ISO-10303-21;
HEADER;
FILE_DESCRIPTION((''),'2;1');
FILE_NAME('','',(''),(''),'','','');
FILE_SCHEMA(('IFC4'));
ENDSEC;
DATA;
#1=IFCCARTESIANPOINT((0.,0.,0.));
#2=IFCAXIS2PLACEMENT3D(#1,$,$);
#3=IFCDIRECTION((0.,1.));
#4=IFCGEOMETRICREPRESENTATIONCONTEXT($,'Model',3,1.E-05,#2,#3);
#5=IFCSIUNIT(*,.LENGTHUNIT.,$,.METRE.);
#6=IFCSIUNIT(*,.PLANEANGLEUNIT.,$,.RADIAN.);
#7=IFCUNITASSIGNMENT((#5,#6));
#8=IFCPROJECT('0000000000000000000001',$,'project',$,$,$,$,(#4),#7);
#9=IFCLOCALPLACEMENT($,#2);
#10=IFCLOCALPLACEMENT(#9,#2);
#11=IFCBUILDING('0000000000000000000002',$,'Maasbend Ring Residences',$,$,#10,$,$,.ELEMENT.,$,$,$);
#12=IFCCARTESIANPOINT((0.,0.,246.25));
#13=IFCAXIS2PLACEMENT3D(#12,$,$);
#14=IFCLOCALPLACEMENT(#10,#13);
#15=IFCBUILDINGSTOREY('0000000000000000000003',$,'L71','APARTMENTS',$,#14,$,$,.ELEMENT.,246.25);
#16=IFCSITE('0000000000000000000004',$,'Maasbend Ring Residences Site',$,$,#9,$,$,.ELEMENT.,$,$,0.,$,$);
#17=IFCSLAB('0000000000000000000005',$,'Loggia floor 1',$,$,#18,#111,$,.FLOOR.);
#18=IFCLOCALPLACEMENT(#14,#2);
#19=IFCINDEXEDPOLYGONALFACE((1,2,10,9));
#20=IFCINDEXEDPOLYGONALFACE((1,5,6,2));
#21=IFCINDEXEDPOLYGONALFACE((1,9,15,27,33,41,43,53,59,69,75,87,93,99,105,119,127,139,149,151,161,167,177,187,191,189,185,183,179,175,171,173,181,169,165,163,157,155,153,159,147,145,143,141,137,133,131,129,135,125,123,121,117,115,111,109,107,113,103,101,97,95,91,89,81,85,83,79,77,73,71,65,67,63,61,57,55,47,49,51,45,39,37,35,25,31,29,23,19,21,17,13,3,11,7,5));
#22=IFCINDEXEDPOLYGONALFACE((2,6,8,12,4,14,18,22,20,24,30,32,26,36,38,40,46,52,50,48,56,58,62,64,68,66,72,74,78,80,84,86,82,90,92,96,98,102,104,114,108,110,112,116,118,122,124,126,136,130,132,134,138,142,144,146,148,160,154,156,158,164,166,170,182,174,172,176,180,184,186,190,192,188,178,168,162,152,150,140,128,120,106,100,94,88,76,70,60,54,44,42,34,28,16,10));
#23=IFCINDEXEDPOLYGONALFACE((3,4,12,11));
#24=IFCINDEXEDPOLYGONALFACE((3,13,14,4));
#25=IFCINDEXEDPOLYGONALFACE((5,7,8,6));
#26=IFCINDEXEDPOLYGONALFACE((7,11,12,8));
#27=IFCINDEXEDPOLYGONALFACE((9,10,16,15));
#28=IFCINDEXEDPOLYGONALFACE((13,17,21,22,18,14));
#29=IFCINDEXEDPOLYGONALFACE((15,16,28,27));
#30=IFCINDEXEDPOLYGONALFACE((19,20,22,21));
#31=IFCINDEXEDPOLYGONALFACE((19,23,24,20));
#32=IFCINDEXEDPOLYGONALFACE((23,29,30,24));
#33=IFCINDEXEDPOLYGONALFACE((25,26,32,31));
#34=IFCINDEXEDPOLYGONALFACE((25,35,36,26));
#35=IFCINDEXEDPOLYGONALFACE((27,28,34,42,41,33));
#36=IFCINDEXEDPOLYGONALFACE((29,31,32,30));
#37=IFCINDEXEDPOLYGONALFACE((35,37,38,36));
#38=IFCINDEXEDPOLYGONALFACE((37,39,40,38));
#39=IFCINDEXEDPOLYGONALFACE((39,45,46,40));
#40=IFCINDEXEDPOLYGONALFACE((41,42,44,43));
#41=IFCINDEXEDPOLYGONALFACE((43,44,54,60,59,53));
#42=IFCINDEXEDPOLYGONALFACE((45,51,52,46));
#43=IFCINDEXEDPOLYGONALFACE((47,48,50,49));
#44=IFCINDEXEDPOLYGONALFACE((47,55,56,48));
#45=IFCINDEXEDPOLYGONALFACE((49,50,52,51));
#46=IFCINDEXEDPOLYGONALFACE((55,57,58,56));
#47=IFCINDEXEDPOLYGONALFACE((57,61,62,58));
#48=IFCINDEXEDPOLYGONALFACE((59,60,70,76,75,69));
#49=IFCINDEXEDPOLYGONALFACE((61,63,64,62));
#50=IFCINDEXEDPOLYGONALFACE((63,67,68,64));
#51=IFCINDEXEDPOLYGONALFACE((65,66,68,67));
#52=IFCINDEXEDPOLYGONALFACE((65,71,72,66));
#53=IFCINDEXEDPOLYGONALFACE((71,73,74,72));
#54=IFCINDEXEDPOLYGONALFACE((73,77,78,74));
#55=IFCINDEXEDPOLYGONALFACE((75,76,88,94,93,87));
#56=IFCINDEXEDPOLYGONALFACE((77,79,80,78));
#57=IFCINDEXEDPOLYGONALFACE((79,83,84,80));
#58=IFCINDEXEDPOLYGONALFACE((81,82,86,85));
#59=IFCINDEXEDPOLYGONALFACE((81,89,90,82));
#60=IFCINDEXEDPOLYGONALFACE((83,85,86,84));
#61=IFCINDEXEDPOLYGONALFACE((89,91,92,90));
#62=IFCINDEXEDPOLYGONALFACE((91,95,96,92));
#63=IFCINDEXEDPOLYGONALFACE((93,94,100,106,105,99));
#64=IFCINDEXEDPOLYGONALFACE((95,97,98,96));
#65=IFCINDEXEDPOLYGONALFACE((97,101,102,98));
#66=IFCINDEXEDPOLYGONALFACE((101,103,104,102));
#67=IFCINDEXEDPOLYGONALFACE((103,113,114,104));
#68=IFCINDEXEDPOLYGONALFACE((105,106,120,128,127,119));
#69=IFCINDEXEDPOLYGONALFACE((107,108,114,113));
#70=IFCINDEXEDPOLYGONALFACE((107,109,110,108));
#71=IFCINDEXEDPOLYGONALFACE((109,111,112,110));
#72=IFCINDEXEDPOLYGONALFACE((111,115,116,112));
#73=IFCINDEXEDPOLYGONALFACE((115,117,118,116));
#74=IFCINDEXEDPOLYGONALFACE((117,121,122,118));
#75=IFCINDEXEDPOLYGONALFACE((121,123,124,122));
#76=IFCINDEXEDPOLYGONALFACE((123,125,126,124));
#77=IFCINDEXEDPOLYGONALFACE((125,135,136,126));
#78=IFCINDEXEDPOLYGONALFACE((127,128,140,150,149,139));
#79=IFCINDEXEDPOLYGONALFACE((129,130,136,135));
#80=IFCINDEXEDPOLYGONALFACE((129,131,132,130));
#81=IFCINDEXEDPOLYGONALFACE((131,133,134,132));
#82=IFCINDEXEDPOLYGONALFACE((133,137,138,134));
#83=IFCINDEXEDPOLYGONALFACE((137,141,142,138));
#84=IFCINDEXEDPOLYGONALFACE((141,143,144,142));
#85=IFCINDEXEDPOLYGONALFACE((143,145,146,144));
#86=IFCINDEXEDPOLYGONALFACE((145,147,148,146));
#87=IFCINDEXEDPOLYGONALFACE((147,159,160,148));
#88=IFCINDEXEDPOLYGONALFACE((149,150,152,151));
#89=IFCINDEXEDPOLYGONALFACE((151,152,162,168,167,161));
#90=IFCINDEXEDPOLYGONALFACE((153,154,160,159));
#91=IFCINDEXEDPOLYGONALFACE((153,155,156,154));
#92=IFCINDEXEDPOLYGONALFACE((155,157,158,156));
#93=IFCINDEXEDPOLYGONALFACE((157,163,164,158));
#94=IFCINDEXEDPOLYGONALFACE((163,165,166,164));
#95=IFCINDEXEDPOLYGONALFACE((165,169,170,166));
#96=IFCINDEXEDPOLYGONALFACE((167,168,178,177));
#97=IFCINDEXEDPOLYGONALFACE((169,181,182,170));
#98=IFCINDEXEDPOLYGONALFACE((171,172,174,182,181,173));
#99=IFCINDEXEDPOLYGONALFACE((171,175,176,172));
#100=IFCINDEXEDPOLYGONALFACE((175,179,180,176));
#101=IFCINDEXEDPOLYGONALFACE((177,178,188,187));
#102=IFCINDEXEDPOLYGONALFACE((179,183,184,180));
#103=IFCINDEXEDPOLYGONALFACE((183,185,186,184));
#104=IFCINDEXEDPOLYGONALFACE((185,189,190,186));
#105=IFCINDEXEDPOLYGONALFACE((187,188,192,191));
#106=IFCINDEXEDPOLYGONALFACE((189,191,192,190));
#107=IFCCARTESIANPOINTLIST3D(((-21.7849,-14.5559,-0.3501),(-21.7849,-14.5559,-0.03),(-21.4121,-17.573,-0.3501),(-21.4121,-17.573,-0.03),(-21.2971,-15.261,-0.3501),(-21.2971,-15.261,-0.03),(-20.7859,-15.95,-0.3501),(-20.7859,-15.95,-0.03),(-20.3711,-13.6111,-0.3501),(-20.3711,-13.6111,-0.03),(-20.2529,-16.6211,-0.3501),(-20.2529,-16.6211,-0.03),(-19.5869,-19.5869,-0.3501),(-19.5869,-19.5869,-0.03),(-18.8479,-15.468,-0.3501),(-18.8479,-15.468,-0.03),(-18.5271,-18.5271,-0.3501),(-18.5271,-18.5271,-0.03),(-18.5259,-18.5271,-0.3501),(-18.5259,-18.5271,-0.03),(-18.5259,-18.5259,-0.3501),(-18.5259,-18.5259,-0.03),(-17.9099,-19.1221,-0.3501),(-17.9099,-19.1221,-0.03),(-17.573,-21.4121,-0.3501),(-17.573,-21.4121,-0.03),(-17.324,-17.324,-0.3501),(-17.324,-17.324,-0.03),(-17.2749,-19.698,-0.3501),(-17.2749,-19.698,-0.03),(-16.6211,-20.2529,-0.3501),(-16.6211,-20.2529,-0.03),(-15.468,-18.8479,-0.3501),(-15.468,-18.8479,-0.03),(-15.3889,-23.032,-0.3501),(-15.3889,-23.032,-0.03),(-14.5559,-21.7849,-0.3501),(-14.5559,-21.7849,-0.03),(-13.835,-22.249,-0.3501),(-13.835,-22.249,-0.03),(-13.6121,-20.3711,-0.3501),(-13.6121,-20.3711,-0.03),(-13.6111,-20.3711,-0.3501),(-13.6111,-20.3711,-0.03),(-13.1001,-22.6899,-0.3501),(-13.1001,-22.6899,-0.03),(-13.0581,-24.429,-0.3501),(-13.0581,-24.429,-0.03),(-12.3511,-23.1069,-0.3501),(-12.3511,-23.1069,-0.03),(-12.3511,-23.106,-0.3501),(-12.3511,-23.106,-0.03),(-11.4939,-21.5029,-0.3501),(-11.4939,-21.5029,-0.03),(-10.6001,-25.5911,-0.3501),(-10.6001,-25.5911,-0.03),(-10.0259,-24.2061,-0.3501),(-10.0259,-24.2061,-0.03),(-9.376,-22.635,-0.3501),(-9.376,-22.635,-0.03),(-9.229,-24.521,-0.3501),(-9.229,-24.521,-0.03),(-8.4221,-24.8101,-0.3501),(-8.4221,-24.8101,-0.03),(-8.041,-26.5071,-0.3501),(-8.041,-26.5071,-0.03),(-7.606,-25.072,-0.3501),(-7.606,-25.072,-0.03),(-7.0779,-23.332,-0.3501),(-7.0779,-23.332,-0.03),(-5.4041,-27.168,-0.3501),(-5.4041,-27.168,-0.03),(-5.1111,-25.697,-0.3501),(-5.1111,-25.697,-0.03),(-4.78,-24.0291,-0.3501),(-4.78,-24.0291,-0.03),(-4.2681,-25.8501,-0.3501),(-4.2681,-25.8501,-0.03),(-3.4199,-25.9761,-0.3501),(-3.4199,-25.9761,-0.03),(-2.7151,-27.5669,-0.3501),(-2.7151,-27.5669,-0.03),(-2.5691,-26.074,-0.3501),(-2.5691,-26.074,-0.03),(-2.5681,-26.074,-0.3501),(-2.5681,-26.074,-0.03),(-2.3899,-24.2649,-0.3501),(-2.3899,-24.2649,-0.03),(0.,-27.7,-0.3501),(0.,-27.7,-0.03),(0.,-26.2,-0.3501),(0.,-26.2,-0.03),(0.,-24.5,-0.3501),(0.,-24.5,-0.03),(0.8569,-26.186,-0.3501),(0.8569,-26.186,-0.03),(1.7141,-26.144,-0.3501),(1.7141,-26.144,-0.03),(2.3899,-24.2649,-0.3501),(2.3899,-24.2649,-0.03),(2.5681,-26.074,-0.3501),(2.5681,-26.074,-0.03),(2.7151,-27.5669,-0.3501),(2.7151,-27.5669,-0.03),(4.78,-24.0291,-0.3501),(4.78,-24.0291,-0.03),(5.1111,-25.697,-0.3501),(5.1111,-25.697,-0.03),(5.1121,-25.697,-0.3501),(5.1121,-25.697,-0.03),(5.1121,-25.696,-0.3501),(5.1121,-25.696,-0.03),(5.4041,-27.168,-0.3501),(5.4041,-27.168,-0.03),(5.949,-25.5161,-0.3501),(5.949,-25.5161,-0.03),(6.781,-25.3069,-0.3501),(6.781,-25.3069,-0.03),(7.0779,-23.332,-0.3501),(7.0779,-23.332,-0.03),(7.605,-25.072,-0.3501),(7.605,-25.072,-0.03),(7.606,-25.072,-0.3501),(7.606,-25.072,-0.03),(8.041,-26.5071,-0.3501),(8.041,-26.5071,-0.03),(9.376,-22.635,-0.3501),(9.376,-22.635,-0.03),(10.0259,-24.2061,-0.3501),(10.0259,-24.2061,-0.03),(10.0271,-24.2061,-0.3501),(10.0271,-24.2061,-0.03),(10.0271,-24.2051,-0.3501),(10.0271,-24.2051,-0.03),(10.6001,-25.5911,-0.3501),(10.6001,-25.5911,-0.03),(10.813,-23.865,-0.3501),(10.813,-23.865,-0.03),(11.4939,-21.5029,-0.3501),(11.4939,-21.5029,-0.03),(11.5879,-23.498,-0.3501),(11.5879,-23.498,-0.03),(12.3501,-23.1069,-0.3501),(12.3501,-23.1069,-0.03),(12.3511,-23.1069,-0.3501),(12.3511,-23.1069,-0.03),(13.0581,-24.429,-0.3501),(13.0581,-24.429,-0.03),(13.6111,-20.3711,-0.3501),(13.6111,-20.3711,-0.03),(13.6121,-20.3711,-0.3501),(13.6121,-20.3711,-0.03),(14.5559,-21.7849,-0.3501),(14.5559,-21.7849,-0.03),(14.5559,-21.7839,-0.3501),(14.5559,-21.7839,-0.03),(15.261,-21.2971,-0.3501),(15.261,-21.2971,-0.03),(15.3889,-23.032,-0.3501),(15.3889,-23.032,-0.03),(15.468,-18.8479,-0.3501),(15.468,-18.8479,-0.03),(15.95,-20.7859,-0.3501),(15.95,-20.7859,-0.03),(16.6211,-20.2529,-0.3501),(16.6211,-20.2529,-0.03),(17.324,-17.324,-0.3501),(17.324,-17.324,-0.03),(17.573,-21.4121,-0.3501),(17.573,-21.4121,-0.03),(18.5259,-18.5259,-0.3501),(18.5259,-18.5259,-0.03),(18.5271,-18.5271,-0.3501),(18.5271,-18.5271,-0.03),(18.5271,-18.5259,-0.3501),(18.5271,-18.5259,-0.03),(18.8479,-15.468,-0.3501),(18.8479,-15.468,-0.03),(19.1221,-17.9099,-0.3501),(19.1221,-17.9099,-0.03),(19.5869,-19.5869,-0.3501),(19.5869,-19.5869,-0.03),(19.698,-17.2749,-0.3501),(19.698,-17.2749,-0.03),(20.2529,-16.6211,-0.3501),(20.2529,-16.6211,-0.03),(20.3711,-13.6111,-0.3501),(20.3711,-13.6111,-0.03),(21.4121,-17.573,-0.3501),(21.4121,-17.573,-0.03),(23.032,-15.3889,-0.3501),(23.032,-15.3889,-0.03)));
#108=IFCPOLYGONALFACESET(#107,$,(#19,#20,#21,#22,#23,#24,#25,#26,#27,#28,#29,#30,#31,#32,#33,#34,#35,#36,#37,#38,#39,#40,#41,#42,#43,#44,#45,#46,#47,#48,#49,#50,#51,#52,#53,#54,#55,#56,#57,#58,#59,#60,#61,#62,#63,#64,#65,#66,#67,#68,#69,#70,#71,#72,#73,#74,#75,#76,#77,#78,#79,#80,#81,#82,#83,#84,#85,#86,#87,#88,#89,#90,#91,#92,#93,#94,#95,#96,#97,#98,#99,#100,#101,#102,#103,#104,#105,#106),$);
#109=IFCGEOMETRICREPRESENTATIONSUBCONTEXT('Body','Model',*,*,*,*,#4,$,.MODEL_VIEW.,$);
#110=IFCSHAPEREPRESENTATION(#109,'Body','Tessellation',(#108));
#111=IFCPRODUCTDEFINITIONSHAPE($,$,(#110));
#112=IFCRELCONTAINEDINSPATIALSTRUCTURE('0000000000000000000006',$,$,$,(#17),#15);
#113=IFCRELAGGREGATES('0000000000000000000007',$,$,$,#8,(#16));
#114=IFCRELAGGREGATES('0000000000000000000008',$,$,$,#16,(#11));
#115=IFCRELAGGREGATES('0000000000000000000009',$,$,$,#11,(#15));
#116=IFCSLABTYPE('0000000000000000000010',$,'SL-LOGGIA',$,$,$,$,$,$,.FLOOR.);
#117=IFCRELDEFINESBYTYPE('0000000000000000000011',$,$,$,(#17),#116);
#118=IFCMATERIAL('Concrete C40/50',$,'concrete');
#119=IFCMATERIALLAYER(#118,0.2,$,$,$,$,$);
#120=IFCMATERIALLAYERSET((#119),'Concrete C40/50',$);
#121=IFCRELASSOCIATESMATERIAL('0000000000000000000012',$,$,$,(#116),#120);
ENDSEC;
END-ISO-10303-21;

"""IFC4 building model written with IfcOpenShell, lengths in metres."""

from ifc_helpers import new_model, si_unit, direction, frame, origin, place, context, subcontext, project, spatial, polyline, outline, extrude, material, layer, layer_set, type_object, element, save


model = new_model("IFC4")

# Units and contexts
model_context = context("Model", 3, precision=1e-05, world=origin(), true_north=direction((0.0, 1.0)))
body_context = subcontext(model_context, "Body", "Model", "MODEL_VIEW")
ifc_project = project(units=[si_unit("LENGTHUNIT", "METRE"), si_unit("PLANEANGLEUNIT", "RADIAN")], contexts=[model_context])

# Site, building, storey
site_placement = place(None, origin())
site = spatial("IfcSite", under=ifc_project, at=site_placement, Name="Maasbend Ring Residences Site", CompositionType="ELEMENT", RefElevation=0.0)
building_placement = place(site_placement, origin())
building = spatial("IfcBuilding", under=site, at=building_placement, Name="Maasbend Ring Residences", CompositionType="ELEMENT")
storey_placement = place(building_placement, frame((0.0, 0.0, 246.25)))
storey = spatial("IfcBuildingStorey", under=building, at=storey_placement, Name="L71", Description="APARTMENTS", CompositionType="ELEMENT", Elevation=246.25)

# Slab
ifc_material_1 = material(Name="Concrete C40/50", Category="concrete")
ifc_layer_1 = layer(ifc_material_1, 0.2)
ifc_layer_set_1 = layer_set([ifc_layer_1], Name="Concrete C40/50")
slab_type = type_object("IfcSlabType", Name="SL-LOGGIA", PredefinedType="FLOOR", material=ifc_layer_set_1)
slab_placement = place(storey_placement, frame((0.0, 0.0, -0.3501)))
element("IfcSlab", 1, at=slab_placement, inside=storey, type_object=slab_type, Name="Loggia floor 1", PredefinedType="FLOOR", context=body_context, shape_type="SweptSolid", body=[
    extrude(outline(polyline([(-21.7849, -14.5559), (-20.3711, -13.6111), (-18.8479, -15.468), (-17.324, -17.324), (-17.324, -17.324), (-17.324, -17.324), (-15.468, -18.8479), (-13.6121, -20.3711), (-13.6111, -20.3711), (-13.6111, -20.3711), (-11.4939, -21.5029), (-9.376, -22.635), (-9.376, -22.635), (-9.376, -22.635), (-7.0779, -23.332), (-4.78, -24.0291), (-4.78, -24.0291), (-4.78, -24.0291), (-2.3899, -24.2649), (0.0, -24.5), (0.0, -24.5), (0.0, -24.5), (2.3899, -24.2649), (4.78, -24.0291), (4.78, -24.0291), (4.78, -24.0291), (7.0779, -23.332), (9.376, -22.635), (9.376, -22.635), (9.376, -22.635), (11.4939, -21.5029), (13.6111, -20.3711), (13.6111, -20.3711), (13.6121, -20.3711), (15.468, -18.8479), (17.324, -17.324), (17.324, -17.324), (17.324, -17.324), (18.8479, -15.468), (20.3711, -13.6111), (23.032, -15.3889), (21.4121, -17.573), (20.2529, -16.6211), (20.2529, -16.6211), (20.2529, -16.6211), (20.2529, -16.6211), (20.2529, -16.6211), (20.2529, -16.6211), (20.2529, -16.6211), (20.2529, -16.6211), (20.2529, -16.6211), (20.2529, -16.6211), (20.2529, -16.6211), (20.2529, -16.6211), (20.2529, -16.6211), (20.2529, -16.6211), (20.2529, -16.6211), (20.2529, -16.6211), (20.2529, -16.6211), (19.698, -17.2749), (19.1221, -17.9099), (18.5271, -18.5259), (18.5271, -18.5259), (18.5259, -18.5259), (18.5259, -18.5259), (18.5259, -18.5259), (18.5259, -18.5259), (18.5259, -18.5259), (18.5259, -18.5259), (18.5259, -18.5259), (18.5259, -18.5259), (18.5259, -18.5259), (18.5259, -18.5259), (18.5259, -18.5259), (18.5259, -18.5259), (18.5259, -18.5259), (18.5271, -18.5271), (18.5271, -18.5271), (19.5869, -19.5869), (17.573, -21.4121), (16.6211, -20.2529), (16.6211, -20.2529), (16.6211, -20.2529), (16.6211, -20.2529), (16.6211, -20.2529), (16.6211, -20.2529), (16.6211, -20.2529), (16.6211, -20.2529), (16.6211, -20.2529), (16.6211, -20.2529), (16.6211, -20.2529), (16.6211, -20.2529), (16.6211, -20.2529), (16.6211, -20.2529), (16.6211, -20.2529), (16.6211, -20.2529), (16.6211, -20.2529), (15.95, -20.7859), (15.261, -21.2971), (14.5559, -21.7839), (14.5559, -21.7839), (14.5559, -21.7839), (14.5559, -21.7839), (14.5559, -21.7839), (14.5559, -21.7839), (14.5559, -21.7839), (14.5559, -21.7839), (14.5559, -21.7849), (14.5559, -21.7849), (14.5559, -21.7849), (14.5559, -21.7849), (14.5559, -21.7849), (14.5559, -21.7849), (14.5559, -21.7849), (14.5559, -21.7849), (14.5559, -21.7849), (15.3889, -23.032), (13.0581, -24.429), (12.3511, -23.1069), (12.3511, -23.1069), (12.3511, -23.1069), (12.3511, -23.1069), (12.3511, -23.1069), (12.3511, -23.1069), (12.3511, -23.1069), (12.3511, -23.1069), (12.3511, -23.1069), (12.3501, -23.1069), (12.3501, -23.1069), (12.3501, -23.1069), (12.3501, -23.1069), (12.3501, -23.1069), (12.3501, -23.1069), (12.3501, -23.1069), (12.3501, -23.1069), (11.5879, -23.498), (10.813, -23.865), (10.0271, -24.2051), (10.0271, -24.2051), (10.0271, -24.2051), (10.0271, -24.2061), (10.0271, -24.2061), (10.0271, -24.2061), (10.0271, -24.2061), (10.0271, -24.2061), (10.0259, -24.2061), (10.0259, -24.2061), (10.0259, -24.2061), (10.0259, -24.2061), (10.0259, -24.2061), (10.0259, -24.2061), (10.0259, -24.2061), (10.0259, -24.2061), (10.0259, -24.2061), (10.6001, -25.5911), (8.041, -26.5071), (7.606, -25.072), (7.606, -25.072), (7.606, -25.072), (7.606, -25.072), (7.606, -25.072), (7.605, -25.072), (7.605, -25.072), (7.605, -25.072), (7.605, -25.072), (7.605, -25.072), (7.605, -25.072), (7.605, -25.072), (7.605, -25.072), (7.605, -25.072), (7.605, -25.072), (7.605, -25.072), (7.605, -25.072), (6.781, -25.3069), (5.949, -25.5161), (5.1121, -25.696), (5.1121, -25.696), (5.1121, -25.697), (5.1121, -25.697), (5.1121, -25.697), (5.1121, -25.697), (5.1121, -25.697), (5.1121, -25.697), (5.1121, -25.697), (5.1121, -25.697), (5.1111, -25.697), (5.1111, -25.697), (5.1111, -25.697), (5.1111, -25.697), (5.1111, -25.697), (5.1111, -25.697), (5.1111, -25.697), (5.4041, -27.168), (2.7151, -27.5669), (2.5681, -26.074), (2.5681, -26.074), (2.5681, -26.074), (2.5681, -26.074), (2.5681, -26.074), (2.5681, -26.074), (2.5681, -26.074), (2.5681, -26.074), (2.5681, -26.074), (2.5681, -26.074), (2.5681, -26.074), (2.5681, -26.074), (2.5681, -26.074), (2.5681, -26.074), (2.5681, -26.074), (2.5681, -26.074), (2.5681, -26.074), (1.7141, -26.144), (0.8569, -26.186), (0.0, -26.2), (0.0, -26.2), (0.0, -26.2), (0.0, -26.2), (0.0, -26.2), (0.0, -26.2), (0.0, -26.2), (0.0, -26.2), (0.0, -26.2), (0.0, -26.2), (0.0, -26.2), (0.0, -26.2), (0.0, -26.2), (0.0, -26.2), (0.0, -26.2), (0.0, -26.2), (0.0, -26.2), (0.0, -27.7), (-2.7151, -27.5669), (-2.5681, -26.074), (-2.5681, -26.074), (-2.5681, -26.074), (-2.5681, -26.074), (-2.5681, -26.074), (-2.5681, -26.074), (-2.5681, -26.074), (-2.5681, -26.074), (-2.5681, -26.074), (-2.5681, -26.074), (-2.5681, -26.074), (-2.5681, -26.074), (-2.5681, -26.074), (-2.5681, -26.074), (-2.5681, -26.074), (-2.5681, -26.074), (-2.5691, -26.074), (-3.4199, -25.9761), (-4.2681, -25.8501), (-5.1111, -25.697), (-5.1111, -25.697), (-5.1111, -25.697), (-5.1111, -25.697), (-5.1111, -25.697), (-5.1111, -25.697), (-5.1111, -25.697), (-5.1111, -25.697), (-5.1111, -25.697), (-5.1111, -25.697), (-5.1111, -25.697), (-5.1111, -25.697), (-5.1111, -25.697), (-5.1111, -25.697), (-5.1111, -25.697), (-5.1111, -25.697), (-5.1111, -25.697), (-5.4041, -27.168), (-8.041, -26.5071), (-7.606, -25.072), (-7.606, -25.072), (-7.606, -25.072), (-7.606, -25.072), (-7.606, -25.072), (-7.606, -25.072), (-7.606, -25.072), (-7.606, -25.072), (-7.606, -25.072), (-7.606, -25.072), (-7.606, -25.072), (-7.606, -25.072), (-7.606, -25.072), (-7.606, -25.072), (-7.606, -25.072), (-7.606, -25.072), (-7.606, -25.072), (-8.4221, -24.8101), (-9.229, -24.521), (-10.0259, -24.2061), (-10.0259, -24.2061), (-10.0259, -24.2061), (-10.0259, -24.2061), (-10.0259, -24.2061), (-10.0259, -24.2061), (-10.0259, -24.2061), (-10.0259, -24.2061), (-10.0259, -24.2061), (-10.0259, -24.2061), (-10.0259, -24.2061), (-10.0259, -24.2061), (-10.0259, -24.2061), (-10.0259, -24.2061), (-10.0259, -24.2061), (-10.0259, -24.2061), (-10.0259, -24.2061), (-10.6001, -25.5911), (-13.0581, -24.429), (-12.3511, -23.1069), (-12.3511, -23.1069), (-12.3511, -23.1069), (-12.3511, -23.1069), (-12.3511, -23.1069), (-12.3511, -23.1069), (-12.3511, -23.106), (-12.3511, -23.106), (-12.3511, -23.106), (-12.3511, -23.106), (-12.3511, -23.106), (-12.3511, -23.106), (-12.3511, -23.106), (-12.3511, -23.106), (-12.3511, -23.106), (-12.3511, -23.106), (-12.3511, -23.106), (-13.1001, -22.6899), (-13.835, -22.249), (-14.5559, -21.7849), (-14.5559, -21.7849), (-14.5559, -21.7849), (-14.5559, -21.7849), (-14.5559, -21.7849), (-14.5559, -21.7849), (-14.5559, -21.7849), (-14.5559, -21.7849), (-14.5559, -21.7849), (-14.5559, -21.7849), (-14.5559, -21.7849), (-14.5559, -21.7849), (-14.5559, -21.7849), (-14.5559, -21.7849), (-14.5559, -21.7849), (-14.5559, -21.7849), (-14.5559, -21.7849), (-15.3889, -23.032), (-17.573, -21.4121), (-16.6211, -20.2529), (-16.6211, -20.2529), (-16.6211, -20.2529), (-16.6211, -20.2529), (-16.6211, -20.2529), (-16.6211, -20.2529), (-16.6211, -20.2529), (-16.6211, -20.2529), (-16.6211, -20.2529), (-16.6211, -20.2529), (-16.6211, -20.2529), (-16.6211, -20.2529), (-16.6211, -20.2529), (-16.6211, -20.2529), (-16.6211, -20.2529), (-16.6211, -20.2529), (-16.6211, -20.2529), (-17.2749, -19.698), (-17.9099, -19.1221), (-18.5259, -18.5271), (-18.5259, -18.5271), (-18.5259, -18.5259), (-18.5259, -18.5259), (-18.5259, -18.5259), (-18.5259, -18.5259), (-18.5259, -18.5259), (-18.5259, -18.5259), (-18.5259, -18.5259), (-18.5259, -18.5259), (-18.5259, -18.5259), (-18.5259, -18.5259), (-18.5259, -18.5259), (-18.5259, -18.5259), (-18.5259, -18.5259), (-18.5271, -18.5271), (-18.5271, -18.5271), (-19.5869, -19.5869), (-21.4121, -17.573), (-20.2529, -16.6211), (-20.2529, -16.6211), (-20.2529, -16.6211), (-20.2529, -16.6211), (-20.2529, -16.6211), (-20.2529, -16.6211), (-20.2529, -16.6211), (-20.2529, -16.6211), (-20.2529, -16.6211), (-20.2529, -16.6211), (-20.2529, -16.6211), (-20.2529, -16.6211), (-20.2529, -16.6211), (-20.2529, -16.6211), (-20.2529, -16.6211), (-20.2529, -16.6211), (-20.2529, -16.6211), (-20.7859, -15.95), (-21.2971, -15.261), (-21.7849, -14.5559)])), origin(), (0.0, 0.0, 1.0), 0.3201),
])

save(model, "model.ifc")
